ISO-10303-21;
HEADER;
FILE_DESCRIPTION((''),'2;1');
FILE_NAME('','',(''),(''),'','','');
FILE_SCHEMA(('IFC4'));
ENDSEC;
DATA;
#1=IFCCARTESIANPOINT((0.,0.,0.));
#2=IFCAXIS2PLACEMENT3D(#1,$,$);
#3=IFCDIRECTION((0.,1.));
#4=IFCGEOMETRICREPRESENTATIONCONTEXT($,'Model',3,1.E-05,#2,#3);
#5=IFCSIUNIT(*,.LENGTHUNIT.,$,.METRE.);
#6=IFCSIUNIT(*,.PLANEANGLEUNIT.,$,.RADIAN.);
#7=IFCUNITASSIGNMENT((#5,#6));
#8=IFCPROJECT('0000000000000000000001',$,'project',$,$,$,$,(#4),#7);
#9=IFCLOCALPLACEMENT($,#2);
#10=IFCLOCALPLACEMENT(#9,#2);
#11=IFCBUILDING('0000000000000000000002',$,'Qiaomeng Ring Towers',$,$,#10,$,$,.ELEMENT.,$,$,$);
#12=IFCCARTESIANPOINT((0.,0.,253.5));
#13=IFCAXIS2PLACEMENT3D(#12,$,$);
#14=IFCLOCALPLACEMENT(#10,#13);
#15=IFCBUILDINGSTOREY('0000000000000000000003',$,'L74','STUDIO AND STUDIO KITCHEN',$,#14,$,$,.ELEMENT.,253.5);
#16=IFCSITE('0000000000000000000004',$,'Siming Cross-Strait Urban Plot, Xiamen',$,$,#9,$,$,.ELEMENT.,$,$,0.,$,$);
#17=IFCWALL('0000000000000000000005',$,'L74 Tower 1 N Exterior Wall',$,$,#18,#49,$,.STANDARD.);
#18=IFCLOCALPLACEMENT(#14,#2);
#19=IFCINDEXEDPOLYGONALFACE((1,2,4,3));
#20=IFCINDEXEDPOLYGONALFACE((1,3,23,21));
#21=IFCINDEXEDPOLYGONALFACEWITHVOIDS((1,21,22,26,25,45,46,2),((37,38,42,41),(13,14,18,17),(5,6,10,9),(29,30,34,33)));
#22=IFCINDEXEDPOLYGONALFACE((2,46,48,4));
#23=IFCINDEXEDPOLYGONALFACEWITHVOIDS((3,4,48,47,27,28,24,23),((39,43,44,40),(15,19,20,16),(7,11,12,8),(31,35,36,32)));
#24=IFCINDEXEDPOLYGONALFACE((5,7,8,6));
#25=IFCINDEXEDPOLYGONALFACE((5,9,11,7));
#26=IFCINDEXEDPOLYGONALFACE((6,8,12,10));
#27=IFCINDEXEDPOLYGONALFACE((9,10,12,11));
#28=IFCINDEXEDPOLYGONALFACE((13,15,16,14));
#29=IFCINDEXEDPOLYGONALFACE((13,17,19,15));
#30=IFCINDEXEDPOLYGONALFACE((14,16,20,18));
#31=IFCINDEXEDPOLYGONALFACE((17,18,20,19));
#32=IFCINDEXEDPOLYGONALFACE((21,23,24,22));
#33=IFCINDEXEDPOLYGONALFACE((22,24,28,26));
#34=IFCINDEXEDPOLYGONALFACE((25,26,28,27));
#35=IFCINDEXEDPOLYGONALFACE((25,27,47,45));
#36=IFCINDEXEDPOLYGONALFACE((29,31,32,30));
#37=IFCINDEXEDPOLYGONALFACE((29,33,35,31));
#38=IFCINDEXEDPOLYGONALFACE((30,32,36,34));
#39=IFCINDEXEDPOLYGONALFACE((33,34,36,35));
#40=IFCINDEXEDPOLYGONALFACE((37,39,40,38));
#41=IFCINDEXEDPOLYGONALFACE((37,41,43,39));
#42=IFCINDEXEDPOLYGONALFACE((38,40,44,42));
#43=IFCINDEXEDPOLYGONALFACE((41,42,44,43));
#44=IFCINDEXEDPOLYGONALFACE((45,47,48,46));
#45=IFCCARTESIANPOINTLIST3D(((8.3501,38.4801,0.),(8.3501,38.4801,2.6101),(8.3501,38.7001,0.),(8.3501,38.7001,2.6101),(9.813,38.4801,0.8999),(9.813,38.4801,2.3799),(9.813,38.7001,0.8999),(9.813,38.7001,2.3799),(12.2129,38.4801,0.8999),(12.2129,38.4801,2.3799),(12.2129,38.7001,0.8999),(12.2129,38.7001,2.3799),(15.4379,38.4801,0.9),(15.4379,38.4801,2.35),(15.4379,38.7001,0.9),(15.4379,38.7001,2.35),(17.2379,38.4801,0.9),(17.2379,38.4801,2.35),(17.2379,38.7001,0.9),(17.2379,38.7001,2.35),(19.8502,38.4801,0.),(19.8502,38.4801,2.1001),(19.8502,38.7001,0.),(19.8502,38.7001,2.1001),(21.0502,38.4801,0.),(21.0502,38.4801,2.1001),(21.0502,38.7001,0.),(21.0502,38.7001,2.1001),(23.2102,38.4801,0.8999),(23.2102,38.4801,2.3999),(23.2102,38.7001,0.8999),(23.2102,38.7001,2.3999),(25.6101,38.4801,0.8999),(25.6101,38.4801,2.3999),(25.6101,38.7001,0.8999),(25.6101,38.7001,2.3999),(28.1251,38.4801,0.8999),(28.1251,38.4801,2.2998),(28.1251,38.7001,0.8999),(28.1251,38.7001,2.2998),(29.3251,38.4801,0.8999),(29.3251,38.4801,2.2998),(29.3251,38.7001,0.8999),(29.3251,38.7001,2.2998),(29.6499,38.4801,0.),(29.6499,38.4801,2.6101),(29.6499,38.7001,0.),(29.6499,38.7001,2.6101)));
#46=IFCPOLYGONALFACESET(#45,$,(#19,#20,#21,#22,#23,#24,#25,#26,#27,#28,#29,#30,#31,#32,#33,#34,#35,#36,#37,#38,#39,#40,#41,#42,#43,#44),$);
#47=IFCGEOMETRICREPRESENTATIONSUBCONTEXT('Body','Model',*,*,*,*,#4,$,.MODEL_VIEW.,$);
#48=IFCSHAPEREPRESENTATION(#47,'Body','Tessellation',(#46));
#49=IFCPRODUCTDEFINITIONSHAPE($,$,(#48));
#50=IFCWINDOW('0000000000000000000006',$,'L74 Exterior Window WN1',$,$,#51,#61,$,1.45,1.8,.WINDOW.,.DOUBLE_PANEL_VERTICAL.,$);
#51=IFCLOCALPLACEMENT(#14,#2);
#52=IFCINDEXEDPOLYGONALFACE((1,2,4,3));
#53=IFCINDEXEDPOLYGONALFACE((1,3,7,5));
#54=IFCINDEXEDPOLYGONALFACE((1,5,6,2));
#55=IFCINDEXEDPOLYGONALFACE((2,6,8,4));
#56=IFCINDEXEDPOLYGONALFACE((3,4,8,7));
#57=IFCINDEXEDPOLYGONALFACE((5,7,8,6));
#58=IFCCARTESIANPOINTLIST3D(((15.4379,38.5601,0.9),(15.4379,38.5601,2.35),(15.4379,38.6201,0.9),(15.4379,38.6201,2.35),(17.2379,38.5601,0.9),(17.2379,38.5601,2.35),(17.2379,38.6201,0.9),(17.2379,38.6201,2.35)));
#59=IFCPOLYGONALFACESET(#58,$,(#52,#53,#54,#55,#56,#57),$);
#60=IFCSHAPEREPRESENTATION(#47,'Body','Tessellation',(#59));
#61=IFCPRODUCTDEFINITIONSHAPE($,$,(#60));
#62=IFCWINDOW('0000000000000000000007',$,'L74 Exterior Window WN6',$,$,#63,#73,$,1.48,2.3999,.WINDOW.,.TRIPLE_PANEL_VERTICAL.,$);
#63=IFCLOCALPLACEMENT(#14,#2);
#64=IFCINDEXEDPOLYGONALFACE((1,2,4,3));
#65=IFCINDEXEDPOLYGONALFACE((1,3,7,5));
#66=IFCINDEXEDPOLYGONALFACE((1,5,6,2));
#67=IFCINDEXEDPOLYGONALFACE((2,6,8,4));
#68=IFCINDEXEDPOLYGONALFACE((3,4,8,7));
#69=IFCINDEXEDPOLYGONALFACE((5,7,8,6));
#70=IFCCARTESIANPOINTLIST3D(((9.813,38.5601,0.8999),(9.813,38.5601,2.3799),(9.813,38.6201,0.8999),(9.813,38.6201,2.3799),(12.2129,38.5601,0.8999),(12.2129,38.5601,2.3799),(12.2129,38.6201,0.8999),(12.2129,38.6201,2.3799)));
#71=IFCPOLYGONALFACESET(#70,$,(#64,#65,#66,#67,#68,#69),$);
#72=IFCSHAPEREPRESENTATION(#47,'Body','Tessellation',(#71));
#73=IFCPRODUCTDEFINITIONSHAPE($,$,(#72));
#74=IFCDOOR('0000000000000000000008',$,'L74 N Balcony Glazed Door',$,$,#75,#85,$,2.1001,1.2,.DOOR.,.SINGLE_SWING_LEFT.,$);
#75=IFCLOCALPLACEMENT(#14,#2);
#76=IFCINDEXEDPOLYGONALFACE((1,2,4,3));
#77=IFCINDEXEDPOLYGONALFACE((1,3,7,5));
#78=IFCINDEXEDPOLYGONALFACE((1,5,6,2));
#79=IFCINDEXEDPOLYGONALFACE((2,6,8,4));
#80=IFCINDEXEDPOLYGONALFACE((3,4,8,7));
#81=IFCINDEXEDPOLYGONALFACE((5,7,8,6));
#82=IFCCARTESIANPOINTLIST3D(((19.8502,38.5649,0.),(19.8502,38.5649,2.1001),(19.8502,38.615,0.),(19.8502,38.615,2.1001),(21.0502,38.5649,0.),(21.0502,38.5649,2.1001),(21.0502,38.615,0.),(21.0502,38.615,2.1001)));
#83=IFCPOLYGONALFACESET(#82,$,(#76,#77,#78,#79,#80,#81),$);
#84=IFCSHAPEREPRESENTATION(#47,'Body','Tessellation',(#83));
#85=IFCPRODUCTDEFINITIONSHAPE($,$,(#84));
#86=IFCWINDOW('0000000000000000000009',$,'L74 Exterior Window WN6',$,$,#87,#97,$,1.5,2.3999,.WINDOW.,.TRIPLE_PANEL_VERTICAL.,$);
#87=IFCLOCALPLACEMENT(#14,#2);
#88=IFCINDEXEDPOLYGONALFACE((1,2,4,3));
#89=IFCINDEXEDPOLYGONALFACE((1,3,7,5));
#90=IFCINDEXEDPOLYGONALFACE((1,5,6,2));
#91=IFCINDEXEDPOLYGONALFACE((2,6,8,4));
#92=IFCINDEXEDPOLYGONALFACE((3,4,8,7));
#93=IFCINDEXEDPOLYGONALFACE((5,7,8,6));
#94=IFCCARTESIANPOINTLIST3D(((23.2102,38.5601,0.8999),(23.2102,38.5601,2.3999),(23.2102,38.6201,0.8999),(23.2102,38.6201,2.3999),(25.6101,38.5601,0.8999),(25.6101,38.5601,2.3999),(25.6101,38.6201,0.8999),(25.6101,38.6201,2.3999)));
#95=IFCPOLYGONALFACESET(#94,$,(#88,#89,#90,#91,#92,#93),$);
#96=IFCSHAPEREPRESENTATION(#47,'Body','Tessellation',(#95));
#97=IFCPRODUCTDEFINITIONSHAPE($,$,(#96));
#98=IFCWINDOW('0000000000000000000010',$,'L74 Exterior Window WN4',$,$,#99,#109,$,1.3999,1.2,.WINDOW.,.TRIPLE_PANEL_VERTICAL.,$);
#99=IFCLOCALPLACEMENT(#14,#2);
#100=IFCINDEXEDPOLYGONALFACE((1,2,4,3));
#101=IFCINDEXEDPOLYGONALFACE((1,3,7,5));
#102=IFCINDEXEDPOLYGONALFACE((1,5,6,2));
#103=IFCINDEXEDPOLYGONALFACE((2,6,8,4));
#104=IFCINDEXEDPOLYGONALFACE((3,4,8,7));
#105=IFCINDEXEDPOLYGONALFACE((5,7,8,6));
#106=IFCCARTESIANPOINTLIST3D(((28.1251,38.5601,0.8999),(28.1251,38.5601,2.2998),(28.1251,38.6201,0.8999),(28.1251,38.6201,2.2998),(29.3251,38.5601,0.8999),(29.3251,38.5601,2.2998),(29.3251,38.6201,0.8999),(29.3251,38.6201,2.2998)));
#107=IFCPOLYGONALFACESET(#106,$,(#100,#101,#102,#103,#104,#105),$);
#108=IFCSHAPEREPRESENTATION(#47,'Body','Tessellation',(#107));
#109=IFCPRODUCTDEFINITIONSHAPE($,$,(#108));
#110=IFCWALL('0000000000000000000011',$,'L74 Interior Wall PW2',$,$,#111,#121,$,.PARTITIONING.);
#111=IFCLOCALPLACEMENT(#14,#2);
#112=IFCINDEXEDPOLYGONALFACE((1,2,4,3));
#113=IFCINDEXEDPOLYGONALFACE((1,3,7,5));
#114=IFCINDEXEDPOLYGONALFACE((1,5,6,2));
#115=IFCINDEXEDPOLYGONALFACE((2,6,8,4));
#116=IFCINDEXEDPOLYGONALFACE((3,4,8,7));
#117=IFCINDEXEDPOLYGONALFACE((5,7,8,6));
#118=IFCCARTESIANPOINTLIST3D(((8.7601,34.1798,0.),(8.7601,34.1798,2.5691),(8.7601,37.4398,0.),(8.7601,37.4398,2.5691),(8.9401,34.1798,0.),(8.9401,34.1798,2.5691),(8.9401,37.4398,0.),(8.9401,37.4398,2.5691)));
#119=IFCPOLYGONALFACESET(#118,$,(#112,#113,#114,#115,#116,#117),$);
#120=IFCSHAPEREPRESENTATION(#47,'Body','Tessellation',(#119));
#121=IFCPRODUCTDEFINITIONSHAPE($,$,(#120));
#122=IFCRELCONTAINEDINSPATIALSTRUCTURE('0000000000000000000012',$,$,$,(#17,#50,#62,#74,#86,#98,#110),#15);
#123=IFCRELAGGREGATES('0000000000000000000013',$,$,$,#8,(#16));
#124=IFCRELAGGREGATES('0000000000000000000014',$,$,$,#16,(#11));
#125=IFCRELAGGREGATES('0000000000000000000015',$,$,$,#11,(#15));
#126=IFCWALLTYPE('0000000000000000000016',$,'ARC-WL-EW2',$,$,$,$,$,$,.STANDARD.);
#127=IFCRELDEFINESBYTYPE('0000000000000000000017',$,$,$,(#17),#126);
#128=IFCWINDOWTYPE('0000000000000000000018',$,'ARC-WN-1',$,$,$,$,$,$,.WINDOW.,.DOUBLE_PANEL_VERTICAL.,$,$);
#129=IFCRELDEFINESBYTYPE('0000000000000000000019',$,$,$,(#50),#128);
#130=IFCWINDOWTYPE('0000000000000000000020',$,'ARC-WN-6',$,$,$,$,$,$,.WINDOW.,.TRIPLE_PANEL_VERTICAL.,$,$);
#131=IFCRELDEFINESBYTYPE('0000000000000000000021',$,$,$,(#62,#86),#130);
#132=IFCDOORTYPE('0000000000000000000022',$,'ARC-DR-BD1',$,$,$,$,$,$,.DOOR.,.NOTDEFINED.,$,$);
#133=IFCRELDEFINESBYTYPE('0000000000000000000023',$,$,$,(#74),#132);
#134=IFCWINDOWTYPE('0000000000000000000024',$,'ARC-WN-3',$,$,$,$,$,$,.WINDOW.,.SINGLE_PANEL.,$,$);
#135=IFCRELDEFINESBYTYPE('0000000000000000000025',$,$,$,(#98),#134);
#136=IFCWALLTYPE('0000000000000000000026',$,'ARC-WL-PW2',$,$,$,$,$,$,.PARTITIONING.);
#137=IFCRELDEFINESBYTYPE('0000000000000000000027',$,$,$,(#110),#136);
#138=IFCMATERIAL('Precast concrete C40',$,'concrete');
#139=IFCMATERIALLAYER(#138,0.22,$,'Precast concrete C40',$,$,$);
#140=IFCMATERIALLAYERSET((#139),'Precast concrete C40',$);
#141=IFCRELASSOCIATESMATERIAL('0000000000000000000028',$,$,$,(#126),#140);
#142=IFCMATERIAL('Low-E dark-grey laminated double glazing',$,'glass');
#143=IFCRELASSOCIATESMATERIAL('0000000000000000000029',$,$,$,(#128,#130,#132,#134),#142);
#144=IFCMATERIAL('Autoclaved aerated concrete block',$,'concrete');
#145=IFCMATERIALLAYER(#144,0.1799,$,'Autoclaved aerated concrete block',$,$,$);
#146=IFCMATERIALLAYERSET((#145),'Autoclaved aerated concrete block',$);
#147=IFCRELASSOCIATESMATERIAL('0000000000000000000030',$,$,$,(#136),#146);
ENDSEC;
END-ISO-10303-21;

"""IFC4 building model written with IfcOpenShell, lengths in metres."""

from ifc_helpers import new_model, si_unit, direction, frame, frame_2d, origin, place, context, subcontext, project, spatial, rectangle, extrude, source, transform, mapped, material, layer, layer_set, type_object, element, fill, save


model = new_model("IFC4")

# Units and contexts
model_context = context("Model", 3, precision=1e-05, world=origin(), true_north=direction((0.0, 1.0)))
body_context = subcontext(model_context, "Body", "Model", "MODEL_VIEW")
ifc_project = project(units=[si_unit("LENGTHUNIT", "METRE"), si_unit("PLANEANGLEUNIT", "RADIAN")], contexts=[model_context])

# Site, building, storey
site_placement = place(None, origin())
site = spatial("IfcSite", under=ifc_project, at=site_placement, Name="Siming Cross-Strait Urban Plot, Xiamen", CompositionType="ELEMENT", RefElevation=0.0)
building_placement = place(site_placement, origin())
building = spatial("IfcBuilding", under=site, at=building_placement, Name="Qiaomeng Ring Towers", CompositionType="ELEMENT")
storey_placement = place(building_placement, frame((0.0, 0.0, 253.5)))
storey = spatial("IfcBuildingStorey", under=building, at=storey_placement, Name="L74", Description="STUDIO AND STUDIO KITCHEN", CompositionType="ELEMENT", Elevation=253.5)

# Shared definitions
ifc_material_1 = material(Name="Low-E dark-grey laminated double glazing", Category="glass")

# Wall, openings, windows, door
ifc_material_2 = material(Name="Precast concrete C40", Category="concrete")
ifc_layer_1 = layer(ifc_material_2, 0.22, Name="Precast concrete C40")
ifc_layer_set_1 = layer_set([ifc_layer_1], Name="Precast concrete C40")
wall_type_1 = type_object("IfcWallType", Name="ARC-WL-EW2", PredefinedType="STANDARD", material=ifc_layer_set_1)
wall_1_placement = place(storey_placement, frame((8.3501, 38.5901, 0.0), z_axis=(0.0, 0.0, 1.0), x_axis=(1.0, 0.0, 0.0)))
wall_1 = element("IfcWall", 1, at=wall_1_placement, inside=storey, type_object=wall_type_1, Name="L74 Tower 1 N Exterior Wall", PredefinedType="STANDARD", context=body_context, shape_type="SweptSolid", body=[
    extrude(rectangle(XDim=21.2998, YDim=0.22, at=frame_2d((10.6499, 0.0))), origin(), (0.0, 0.0, 1.0), 2.6101),
])
opening_1_placement = place(wall_1_placement, frame((11.5, 0.0, 0.0)))
opening_1 = element("IfcOpeningElement", 2, at=opening_1_placement, cuts=wall_1, PredefinedType="OPENING", context=body_context, shape_type="SweptSolid", body=[
    extrude(rectangle(XDim=1.2, YDim=2.1001, at=frame_2d((0.6001, 1.05))), frame((0.0, 0.1199, 0.0), z_axis=(0.0, -1.0, 0.0), x_axis=(1.0, 0.0, 0.0)), (0.0, 0.0, 1.0), 0.24),
])
opening_2_placement = place(wall_1_placement, frame((1.4629, 0.0, 0.8999)))
opening_2 = element("IfcOpeningElement", 3, at=opening_2_placement, cuts=wall_1, PredefinedType="OPENING", context=body_context, shape_type="SweptSolid", body=[
    extrude(rectangle(XDim=2.3999, YDim=1.48, at=frame_2d((1.2, 0.74))), frame((0.0, 0.1199, 0.0), z_axis=(0.0, -1.0, 0.0), x_axis=(1.0, 0.0, 0.0)), (0.0, 0.0, 1.0), 0.24),
])
opening_3_placement = place(wall_1_placement, frame((7.0879, 0.0, 0.8999)))
opening_3 = element("IfcOpeningElement", 4, at=opening_3_placement, cuts=wall_1, PredefinedType="OPENING", context=body_context, shape_type="SweptSolid", body=[
    extrude(rectangle(XDim=1.8, YDim=1.45, at=frame_2d((0.8999, 0.7251))), frame((0.0, 0.1199, 0.0), z_axis=(0.0, -1.0, 0.0), x_axis=(1.0, 0.0, 0.0)), (0.0, 0.0, 1.0), 0.24),
])
opening_4_placement = place(wall_1_placement, frame((19.7749, 0.0, 0.8999)))
opening_4 = element("IfcOpeningElement", 5, at=opening_4_placement, cuts=wall_1, PredefinedType="OPENING", context=body_context, shape_type="SweptSolid", body=[
    extrude(rectangle(XDim=1.2, YDim=1.3999, at=frame_2d((0.6001, 0.7))), frame((0.0, 0.1199, 0.0), z_axis=(0.0, -1.0, 0.0), x_axis=(1.0, 0.0, 0.0)), (0.0, 0.0, 1.0), 0.24),
])
opening_5_placement = place(wall_1_placement, frame((14.8601, 0.0, 0.8999)))
opening_5 = element("IfcOpeningElement", 6, at=opening_5_placement, cuts=wall_1, PredefinedType="OPENING", context=body_context, shape_type="SweptSolid", body=[
    extrude(rectangle(XDim=2.3999, YDim=1.5, at=frame_2d((1.2, 0.75))), frame((0.0, 0.1199, 0.0), z_axis=(0.0, -1.0, 0.0), x_axis=(1.0, 0.0, 0.0)), (0.0, 0.0, 1.0), 0.24),
])
window_type_1 = type_object("IfcWindowType", Name="ARC-WN-1", PartitioningType="DOUBLE_PANEL_VERTICAL", PredefinedType="WINDOW", material=ifc_material_1)
shared_shape_1 = source(origin(), body_context, "Body", "SweptSolid", [
    extrude(rectangle(XDim=1.8, YDim=1.45, at=frame_2d((0.8999, 0.7251))), frame((0.0, 0.03, 0.0), z_axis=(0.0, -1.0, 0.0), x_axis=(1.0, 0.0, 0.0)), (0.0, 0.0, 1.0), 0.0601),
])
window_1_placement = place(opening_3_placement, origin())
window_1 = element("IfcWindow", 7, at=window_1_placement, inside=storey, type_object=window_type_1, Name="L74 Exterior Window WN1", OverallHeight=1.45, OverallWidth=1.8, PartitioningType="DOUBLE_PANEL_VERTICAL", PredefinedType="WINDOW", context=body_context, shape_type="MappedRepresentation", body=[
    mapped(shared_shape_1, transform((0.0, 0.0, 0.0), x_axis=(1.0, 0.0, 0.0), y_axis=(0.0, 1.0, 0.0), z_axis=(0.0, 0.0, 1.0), scale=1.0)),
])
fill(opening_3, window_1)
window_type_2 = type_object("IfcWindowType", Name="ARC-WN-6", PartitioningType="TRIPLE_PANEL_VERTICAL", PredefinedType="WINDOW", material=ifc_material_1)
shared_shape_2 = source(origin(), body_context, "Body", "SweptSolid", [
    extrude(rectangle(XDim=2.3999, YDim=1.48, at=frame_2d((1.2, 0.74))), frame((0.0, 0.03, 0.0), z_axis=(0.0, -1.0, 0.0), x_axis=(1.0, 0.0, 0.0)), (0.0, 0.0, 1.0), 0.0601),
])
window_2_placement = place(opening_2_placement, origin())
window_2 = element("IfcWindow", 8, at=window_2_placement, inside=storey, type_object=window_type_2, Name="L74 Exterior Window WN6", OverallHeight=1.48, OverallWidth=2.3999, PartitioningType="TRIPLE_PANEL_VERTICAL", PredefinedType="WINDOW", context=body_context, shape_type="MappedRepresentation", body=[
    mapped(shared_shape_2, transform((0.0, 0.0, 0.0), x_axis=(1.0, 0.0, 0.0), y_axis=(0.0, 1.0, 0.0), z_axis=(0.0, 0.0, 1.0), scale=1.0)),
])
fill(opening_2, window_2)
door_type_1 = type_object("IfcDoorType", Name="ARC-DR-BD1", OperationType="NOTDEFINED", PredefinedType="DOOR", material=ifc_material_1)
shared_shape_3 = source(origin(), body_context, "Body", "SweptSolid", [
    extrude(rectangle(XDim=1.2, YDim=2.1001, at=frame_2d((0.6001, 1.05))), frame((0.0, 0.0249, 0.0), z_axis=(0.0, -1.0, 0.0), x_axis=(1.0, 0.0, 0.0)), (0.0, 0.0, 1.0), 0.05),
])
door_1_placement = place(opening_1_placement, origin())
door_1 = element("IfcDoor", 9, at=door_1_placement, inside=storey, type_object=door_type_1, Name="L74 N Balcony Glazed Door", OperationType="SINGLE_SWING_LEFT", OverallHeight=2.1001, OverallWidth=1.2, PredefinedType="DOOR", context=body_context, shape_type="MappedRepresentation", body=[
    mapped(shared_shape_3, transform((0.0, 0.0, 0.0), x_axis=(1.0, 0.0, 0.0), y_axis=(0.0, 1.0, 0.0), z_axis=(0.0, 0.0, 1.0), scale=1.0)),
])
fill(opening_1, door_1)
shared_shape_4 = source(origin(), body_context, "Body", "SweptSolid", [
    extrude(rectangle(XDim=2.3999, YDim=1.5, at=frame_2d((1.2, 0.75))), frame((0.0, 0.03, 0.0), z_axis=(0.0, -1.0, 0.0), x_axis=(1.0, 0.0, 0.0)), (0.0, 0.0, 1.0), 0.0601),
])
window_3_placement = place(opening_5_placement, origin())
window_3 = element("IfcWindow", 10, at=window_3_placement, inside=storey, type_object=window_type_2, Name="L74 Exterior Window WN6", OverallHeight=1.5, OverallWidth=2.3999, PartitioningType="TRIPLE_PANEL_VERTICAL", PredefinedType="WINDOW", context=body_context, shape_type="MappedRepresentation", body=[
    mapped(shared_shape_4, transform((0.0, 0.0, 0.0), x_axis=(1.0, 0.0, 0.0), y_axis=(0.0, 1.0, 0.0), z_axis=(0.0, 0.0, 1.0), scale=1.0)),
])
fill(opening_5, window_3)
window_type_3 = type_object("IfcWindowType", Name="ARC-WN-3", PartitioningType="SINGLE_PANEL", PredefinedType="WINDOW", material=ifc_material_1)
shared_shape_5 = source(origin(), body_context, "Body", "SweptSolid", [
    extrude(rectangle(XDim=1.2, YDim=1.3999, at=frame_2d((0.6001, 0.7))), frame((0.0, 0.03, 0.0), z_axis=(0.0, -1.0, 0.0), x_axis=(1.0, 0.0, 0.0)), (0.0, 0.0, 1.0), 0.0601),
])
window_4_placement = place(opening_4_placement, origin())
window_4 = element("IfcWindow", 11, at=window_4_placement, inside=storey, type_object=window_type_3, Name="L74 Exterior Window WN4", OverallHeight=1.3999, OverallWidth=1.2, PartitioningType="TRIPLE_PANEL_VERTICAL", PredefinedType="WINDOW", context=body_context, shape_type="MappedRepresentation", body=[
    mapped(shared_shape_5, transform((0.0, 0.0, 0.0), x_axis=(1.0, 0.0, 0.0), y_axis=(0.0, 1.0, 0.0), z_axis=(0.0, 0.0, 1.0), scale=1.0)),
])
fill(opening_4, window_4)

# Wall
ifc_material_3 = material(Name="Autoclaved aerated concrete block", Category="concrete")
ifc_layer_2 = layer(ifc_material_3, 0.1799, Name="Autoclaved aerated concrete block")
ifc_layer_set_2 = layer_set([ifc_layer_2], Name="Autoclaved aerated concrete block")
wall_type_2 = type_object("IfcWallType", Name="ARC-WL-PW2", PredefinedType="PARTITIONING", material=ifc_layer_set_2)
wall_2_placement = place(storey_placement, frame((8.8501, 34.1799, 0.0), z_axis=(0.0, 0.0, 1.0), x_axis=(0.0, 1.0, 0.0)))
element("IfcWall", 12, at=wall_2_placement, inside=storey, type_object=wall_type_2, Name="L74 Interior Wall PW2", PredefinedType="PARTITIONING", context=body_context, shape_type="SweptSolid", body=[
    extrude(rectangle(XDim=3.26, YDim=0.1799, at=frame_2d((1.6299, 0.0))), origin(), (0.0, 0.0, 1.0), 2.5691),
])

save(model, "model.ifc")
